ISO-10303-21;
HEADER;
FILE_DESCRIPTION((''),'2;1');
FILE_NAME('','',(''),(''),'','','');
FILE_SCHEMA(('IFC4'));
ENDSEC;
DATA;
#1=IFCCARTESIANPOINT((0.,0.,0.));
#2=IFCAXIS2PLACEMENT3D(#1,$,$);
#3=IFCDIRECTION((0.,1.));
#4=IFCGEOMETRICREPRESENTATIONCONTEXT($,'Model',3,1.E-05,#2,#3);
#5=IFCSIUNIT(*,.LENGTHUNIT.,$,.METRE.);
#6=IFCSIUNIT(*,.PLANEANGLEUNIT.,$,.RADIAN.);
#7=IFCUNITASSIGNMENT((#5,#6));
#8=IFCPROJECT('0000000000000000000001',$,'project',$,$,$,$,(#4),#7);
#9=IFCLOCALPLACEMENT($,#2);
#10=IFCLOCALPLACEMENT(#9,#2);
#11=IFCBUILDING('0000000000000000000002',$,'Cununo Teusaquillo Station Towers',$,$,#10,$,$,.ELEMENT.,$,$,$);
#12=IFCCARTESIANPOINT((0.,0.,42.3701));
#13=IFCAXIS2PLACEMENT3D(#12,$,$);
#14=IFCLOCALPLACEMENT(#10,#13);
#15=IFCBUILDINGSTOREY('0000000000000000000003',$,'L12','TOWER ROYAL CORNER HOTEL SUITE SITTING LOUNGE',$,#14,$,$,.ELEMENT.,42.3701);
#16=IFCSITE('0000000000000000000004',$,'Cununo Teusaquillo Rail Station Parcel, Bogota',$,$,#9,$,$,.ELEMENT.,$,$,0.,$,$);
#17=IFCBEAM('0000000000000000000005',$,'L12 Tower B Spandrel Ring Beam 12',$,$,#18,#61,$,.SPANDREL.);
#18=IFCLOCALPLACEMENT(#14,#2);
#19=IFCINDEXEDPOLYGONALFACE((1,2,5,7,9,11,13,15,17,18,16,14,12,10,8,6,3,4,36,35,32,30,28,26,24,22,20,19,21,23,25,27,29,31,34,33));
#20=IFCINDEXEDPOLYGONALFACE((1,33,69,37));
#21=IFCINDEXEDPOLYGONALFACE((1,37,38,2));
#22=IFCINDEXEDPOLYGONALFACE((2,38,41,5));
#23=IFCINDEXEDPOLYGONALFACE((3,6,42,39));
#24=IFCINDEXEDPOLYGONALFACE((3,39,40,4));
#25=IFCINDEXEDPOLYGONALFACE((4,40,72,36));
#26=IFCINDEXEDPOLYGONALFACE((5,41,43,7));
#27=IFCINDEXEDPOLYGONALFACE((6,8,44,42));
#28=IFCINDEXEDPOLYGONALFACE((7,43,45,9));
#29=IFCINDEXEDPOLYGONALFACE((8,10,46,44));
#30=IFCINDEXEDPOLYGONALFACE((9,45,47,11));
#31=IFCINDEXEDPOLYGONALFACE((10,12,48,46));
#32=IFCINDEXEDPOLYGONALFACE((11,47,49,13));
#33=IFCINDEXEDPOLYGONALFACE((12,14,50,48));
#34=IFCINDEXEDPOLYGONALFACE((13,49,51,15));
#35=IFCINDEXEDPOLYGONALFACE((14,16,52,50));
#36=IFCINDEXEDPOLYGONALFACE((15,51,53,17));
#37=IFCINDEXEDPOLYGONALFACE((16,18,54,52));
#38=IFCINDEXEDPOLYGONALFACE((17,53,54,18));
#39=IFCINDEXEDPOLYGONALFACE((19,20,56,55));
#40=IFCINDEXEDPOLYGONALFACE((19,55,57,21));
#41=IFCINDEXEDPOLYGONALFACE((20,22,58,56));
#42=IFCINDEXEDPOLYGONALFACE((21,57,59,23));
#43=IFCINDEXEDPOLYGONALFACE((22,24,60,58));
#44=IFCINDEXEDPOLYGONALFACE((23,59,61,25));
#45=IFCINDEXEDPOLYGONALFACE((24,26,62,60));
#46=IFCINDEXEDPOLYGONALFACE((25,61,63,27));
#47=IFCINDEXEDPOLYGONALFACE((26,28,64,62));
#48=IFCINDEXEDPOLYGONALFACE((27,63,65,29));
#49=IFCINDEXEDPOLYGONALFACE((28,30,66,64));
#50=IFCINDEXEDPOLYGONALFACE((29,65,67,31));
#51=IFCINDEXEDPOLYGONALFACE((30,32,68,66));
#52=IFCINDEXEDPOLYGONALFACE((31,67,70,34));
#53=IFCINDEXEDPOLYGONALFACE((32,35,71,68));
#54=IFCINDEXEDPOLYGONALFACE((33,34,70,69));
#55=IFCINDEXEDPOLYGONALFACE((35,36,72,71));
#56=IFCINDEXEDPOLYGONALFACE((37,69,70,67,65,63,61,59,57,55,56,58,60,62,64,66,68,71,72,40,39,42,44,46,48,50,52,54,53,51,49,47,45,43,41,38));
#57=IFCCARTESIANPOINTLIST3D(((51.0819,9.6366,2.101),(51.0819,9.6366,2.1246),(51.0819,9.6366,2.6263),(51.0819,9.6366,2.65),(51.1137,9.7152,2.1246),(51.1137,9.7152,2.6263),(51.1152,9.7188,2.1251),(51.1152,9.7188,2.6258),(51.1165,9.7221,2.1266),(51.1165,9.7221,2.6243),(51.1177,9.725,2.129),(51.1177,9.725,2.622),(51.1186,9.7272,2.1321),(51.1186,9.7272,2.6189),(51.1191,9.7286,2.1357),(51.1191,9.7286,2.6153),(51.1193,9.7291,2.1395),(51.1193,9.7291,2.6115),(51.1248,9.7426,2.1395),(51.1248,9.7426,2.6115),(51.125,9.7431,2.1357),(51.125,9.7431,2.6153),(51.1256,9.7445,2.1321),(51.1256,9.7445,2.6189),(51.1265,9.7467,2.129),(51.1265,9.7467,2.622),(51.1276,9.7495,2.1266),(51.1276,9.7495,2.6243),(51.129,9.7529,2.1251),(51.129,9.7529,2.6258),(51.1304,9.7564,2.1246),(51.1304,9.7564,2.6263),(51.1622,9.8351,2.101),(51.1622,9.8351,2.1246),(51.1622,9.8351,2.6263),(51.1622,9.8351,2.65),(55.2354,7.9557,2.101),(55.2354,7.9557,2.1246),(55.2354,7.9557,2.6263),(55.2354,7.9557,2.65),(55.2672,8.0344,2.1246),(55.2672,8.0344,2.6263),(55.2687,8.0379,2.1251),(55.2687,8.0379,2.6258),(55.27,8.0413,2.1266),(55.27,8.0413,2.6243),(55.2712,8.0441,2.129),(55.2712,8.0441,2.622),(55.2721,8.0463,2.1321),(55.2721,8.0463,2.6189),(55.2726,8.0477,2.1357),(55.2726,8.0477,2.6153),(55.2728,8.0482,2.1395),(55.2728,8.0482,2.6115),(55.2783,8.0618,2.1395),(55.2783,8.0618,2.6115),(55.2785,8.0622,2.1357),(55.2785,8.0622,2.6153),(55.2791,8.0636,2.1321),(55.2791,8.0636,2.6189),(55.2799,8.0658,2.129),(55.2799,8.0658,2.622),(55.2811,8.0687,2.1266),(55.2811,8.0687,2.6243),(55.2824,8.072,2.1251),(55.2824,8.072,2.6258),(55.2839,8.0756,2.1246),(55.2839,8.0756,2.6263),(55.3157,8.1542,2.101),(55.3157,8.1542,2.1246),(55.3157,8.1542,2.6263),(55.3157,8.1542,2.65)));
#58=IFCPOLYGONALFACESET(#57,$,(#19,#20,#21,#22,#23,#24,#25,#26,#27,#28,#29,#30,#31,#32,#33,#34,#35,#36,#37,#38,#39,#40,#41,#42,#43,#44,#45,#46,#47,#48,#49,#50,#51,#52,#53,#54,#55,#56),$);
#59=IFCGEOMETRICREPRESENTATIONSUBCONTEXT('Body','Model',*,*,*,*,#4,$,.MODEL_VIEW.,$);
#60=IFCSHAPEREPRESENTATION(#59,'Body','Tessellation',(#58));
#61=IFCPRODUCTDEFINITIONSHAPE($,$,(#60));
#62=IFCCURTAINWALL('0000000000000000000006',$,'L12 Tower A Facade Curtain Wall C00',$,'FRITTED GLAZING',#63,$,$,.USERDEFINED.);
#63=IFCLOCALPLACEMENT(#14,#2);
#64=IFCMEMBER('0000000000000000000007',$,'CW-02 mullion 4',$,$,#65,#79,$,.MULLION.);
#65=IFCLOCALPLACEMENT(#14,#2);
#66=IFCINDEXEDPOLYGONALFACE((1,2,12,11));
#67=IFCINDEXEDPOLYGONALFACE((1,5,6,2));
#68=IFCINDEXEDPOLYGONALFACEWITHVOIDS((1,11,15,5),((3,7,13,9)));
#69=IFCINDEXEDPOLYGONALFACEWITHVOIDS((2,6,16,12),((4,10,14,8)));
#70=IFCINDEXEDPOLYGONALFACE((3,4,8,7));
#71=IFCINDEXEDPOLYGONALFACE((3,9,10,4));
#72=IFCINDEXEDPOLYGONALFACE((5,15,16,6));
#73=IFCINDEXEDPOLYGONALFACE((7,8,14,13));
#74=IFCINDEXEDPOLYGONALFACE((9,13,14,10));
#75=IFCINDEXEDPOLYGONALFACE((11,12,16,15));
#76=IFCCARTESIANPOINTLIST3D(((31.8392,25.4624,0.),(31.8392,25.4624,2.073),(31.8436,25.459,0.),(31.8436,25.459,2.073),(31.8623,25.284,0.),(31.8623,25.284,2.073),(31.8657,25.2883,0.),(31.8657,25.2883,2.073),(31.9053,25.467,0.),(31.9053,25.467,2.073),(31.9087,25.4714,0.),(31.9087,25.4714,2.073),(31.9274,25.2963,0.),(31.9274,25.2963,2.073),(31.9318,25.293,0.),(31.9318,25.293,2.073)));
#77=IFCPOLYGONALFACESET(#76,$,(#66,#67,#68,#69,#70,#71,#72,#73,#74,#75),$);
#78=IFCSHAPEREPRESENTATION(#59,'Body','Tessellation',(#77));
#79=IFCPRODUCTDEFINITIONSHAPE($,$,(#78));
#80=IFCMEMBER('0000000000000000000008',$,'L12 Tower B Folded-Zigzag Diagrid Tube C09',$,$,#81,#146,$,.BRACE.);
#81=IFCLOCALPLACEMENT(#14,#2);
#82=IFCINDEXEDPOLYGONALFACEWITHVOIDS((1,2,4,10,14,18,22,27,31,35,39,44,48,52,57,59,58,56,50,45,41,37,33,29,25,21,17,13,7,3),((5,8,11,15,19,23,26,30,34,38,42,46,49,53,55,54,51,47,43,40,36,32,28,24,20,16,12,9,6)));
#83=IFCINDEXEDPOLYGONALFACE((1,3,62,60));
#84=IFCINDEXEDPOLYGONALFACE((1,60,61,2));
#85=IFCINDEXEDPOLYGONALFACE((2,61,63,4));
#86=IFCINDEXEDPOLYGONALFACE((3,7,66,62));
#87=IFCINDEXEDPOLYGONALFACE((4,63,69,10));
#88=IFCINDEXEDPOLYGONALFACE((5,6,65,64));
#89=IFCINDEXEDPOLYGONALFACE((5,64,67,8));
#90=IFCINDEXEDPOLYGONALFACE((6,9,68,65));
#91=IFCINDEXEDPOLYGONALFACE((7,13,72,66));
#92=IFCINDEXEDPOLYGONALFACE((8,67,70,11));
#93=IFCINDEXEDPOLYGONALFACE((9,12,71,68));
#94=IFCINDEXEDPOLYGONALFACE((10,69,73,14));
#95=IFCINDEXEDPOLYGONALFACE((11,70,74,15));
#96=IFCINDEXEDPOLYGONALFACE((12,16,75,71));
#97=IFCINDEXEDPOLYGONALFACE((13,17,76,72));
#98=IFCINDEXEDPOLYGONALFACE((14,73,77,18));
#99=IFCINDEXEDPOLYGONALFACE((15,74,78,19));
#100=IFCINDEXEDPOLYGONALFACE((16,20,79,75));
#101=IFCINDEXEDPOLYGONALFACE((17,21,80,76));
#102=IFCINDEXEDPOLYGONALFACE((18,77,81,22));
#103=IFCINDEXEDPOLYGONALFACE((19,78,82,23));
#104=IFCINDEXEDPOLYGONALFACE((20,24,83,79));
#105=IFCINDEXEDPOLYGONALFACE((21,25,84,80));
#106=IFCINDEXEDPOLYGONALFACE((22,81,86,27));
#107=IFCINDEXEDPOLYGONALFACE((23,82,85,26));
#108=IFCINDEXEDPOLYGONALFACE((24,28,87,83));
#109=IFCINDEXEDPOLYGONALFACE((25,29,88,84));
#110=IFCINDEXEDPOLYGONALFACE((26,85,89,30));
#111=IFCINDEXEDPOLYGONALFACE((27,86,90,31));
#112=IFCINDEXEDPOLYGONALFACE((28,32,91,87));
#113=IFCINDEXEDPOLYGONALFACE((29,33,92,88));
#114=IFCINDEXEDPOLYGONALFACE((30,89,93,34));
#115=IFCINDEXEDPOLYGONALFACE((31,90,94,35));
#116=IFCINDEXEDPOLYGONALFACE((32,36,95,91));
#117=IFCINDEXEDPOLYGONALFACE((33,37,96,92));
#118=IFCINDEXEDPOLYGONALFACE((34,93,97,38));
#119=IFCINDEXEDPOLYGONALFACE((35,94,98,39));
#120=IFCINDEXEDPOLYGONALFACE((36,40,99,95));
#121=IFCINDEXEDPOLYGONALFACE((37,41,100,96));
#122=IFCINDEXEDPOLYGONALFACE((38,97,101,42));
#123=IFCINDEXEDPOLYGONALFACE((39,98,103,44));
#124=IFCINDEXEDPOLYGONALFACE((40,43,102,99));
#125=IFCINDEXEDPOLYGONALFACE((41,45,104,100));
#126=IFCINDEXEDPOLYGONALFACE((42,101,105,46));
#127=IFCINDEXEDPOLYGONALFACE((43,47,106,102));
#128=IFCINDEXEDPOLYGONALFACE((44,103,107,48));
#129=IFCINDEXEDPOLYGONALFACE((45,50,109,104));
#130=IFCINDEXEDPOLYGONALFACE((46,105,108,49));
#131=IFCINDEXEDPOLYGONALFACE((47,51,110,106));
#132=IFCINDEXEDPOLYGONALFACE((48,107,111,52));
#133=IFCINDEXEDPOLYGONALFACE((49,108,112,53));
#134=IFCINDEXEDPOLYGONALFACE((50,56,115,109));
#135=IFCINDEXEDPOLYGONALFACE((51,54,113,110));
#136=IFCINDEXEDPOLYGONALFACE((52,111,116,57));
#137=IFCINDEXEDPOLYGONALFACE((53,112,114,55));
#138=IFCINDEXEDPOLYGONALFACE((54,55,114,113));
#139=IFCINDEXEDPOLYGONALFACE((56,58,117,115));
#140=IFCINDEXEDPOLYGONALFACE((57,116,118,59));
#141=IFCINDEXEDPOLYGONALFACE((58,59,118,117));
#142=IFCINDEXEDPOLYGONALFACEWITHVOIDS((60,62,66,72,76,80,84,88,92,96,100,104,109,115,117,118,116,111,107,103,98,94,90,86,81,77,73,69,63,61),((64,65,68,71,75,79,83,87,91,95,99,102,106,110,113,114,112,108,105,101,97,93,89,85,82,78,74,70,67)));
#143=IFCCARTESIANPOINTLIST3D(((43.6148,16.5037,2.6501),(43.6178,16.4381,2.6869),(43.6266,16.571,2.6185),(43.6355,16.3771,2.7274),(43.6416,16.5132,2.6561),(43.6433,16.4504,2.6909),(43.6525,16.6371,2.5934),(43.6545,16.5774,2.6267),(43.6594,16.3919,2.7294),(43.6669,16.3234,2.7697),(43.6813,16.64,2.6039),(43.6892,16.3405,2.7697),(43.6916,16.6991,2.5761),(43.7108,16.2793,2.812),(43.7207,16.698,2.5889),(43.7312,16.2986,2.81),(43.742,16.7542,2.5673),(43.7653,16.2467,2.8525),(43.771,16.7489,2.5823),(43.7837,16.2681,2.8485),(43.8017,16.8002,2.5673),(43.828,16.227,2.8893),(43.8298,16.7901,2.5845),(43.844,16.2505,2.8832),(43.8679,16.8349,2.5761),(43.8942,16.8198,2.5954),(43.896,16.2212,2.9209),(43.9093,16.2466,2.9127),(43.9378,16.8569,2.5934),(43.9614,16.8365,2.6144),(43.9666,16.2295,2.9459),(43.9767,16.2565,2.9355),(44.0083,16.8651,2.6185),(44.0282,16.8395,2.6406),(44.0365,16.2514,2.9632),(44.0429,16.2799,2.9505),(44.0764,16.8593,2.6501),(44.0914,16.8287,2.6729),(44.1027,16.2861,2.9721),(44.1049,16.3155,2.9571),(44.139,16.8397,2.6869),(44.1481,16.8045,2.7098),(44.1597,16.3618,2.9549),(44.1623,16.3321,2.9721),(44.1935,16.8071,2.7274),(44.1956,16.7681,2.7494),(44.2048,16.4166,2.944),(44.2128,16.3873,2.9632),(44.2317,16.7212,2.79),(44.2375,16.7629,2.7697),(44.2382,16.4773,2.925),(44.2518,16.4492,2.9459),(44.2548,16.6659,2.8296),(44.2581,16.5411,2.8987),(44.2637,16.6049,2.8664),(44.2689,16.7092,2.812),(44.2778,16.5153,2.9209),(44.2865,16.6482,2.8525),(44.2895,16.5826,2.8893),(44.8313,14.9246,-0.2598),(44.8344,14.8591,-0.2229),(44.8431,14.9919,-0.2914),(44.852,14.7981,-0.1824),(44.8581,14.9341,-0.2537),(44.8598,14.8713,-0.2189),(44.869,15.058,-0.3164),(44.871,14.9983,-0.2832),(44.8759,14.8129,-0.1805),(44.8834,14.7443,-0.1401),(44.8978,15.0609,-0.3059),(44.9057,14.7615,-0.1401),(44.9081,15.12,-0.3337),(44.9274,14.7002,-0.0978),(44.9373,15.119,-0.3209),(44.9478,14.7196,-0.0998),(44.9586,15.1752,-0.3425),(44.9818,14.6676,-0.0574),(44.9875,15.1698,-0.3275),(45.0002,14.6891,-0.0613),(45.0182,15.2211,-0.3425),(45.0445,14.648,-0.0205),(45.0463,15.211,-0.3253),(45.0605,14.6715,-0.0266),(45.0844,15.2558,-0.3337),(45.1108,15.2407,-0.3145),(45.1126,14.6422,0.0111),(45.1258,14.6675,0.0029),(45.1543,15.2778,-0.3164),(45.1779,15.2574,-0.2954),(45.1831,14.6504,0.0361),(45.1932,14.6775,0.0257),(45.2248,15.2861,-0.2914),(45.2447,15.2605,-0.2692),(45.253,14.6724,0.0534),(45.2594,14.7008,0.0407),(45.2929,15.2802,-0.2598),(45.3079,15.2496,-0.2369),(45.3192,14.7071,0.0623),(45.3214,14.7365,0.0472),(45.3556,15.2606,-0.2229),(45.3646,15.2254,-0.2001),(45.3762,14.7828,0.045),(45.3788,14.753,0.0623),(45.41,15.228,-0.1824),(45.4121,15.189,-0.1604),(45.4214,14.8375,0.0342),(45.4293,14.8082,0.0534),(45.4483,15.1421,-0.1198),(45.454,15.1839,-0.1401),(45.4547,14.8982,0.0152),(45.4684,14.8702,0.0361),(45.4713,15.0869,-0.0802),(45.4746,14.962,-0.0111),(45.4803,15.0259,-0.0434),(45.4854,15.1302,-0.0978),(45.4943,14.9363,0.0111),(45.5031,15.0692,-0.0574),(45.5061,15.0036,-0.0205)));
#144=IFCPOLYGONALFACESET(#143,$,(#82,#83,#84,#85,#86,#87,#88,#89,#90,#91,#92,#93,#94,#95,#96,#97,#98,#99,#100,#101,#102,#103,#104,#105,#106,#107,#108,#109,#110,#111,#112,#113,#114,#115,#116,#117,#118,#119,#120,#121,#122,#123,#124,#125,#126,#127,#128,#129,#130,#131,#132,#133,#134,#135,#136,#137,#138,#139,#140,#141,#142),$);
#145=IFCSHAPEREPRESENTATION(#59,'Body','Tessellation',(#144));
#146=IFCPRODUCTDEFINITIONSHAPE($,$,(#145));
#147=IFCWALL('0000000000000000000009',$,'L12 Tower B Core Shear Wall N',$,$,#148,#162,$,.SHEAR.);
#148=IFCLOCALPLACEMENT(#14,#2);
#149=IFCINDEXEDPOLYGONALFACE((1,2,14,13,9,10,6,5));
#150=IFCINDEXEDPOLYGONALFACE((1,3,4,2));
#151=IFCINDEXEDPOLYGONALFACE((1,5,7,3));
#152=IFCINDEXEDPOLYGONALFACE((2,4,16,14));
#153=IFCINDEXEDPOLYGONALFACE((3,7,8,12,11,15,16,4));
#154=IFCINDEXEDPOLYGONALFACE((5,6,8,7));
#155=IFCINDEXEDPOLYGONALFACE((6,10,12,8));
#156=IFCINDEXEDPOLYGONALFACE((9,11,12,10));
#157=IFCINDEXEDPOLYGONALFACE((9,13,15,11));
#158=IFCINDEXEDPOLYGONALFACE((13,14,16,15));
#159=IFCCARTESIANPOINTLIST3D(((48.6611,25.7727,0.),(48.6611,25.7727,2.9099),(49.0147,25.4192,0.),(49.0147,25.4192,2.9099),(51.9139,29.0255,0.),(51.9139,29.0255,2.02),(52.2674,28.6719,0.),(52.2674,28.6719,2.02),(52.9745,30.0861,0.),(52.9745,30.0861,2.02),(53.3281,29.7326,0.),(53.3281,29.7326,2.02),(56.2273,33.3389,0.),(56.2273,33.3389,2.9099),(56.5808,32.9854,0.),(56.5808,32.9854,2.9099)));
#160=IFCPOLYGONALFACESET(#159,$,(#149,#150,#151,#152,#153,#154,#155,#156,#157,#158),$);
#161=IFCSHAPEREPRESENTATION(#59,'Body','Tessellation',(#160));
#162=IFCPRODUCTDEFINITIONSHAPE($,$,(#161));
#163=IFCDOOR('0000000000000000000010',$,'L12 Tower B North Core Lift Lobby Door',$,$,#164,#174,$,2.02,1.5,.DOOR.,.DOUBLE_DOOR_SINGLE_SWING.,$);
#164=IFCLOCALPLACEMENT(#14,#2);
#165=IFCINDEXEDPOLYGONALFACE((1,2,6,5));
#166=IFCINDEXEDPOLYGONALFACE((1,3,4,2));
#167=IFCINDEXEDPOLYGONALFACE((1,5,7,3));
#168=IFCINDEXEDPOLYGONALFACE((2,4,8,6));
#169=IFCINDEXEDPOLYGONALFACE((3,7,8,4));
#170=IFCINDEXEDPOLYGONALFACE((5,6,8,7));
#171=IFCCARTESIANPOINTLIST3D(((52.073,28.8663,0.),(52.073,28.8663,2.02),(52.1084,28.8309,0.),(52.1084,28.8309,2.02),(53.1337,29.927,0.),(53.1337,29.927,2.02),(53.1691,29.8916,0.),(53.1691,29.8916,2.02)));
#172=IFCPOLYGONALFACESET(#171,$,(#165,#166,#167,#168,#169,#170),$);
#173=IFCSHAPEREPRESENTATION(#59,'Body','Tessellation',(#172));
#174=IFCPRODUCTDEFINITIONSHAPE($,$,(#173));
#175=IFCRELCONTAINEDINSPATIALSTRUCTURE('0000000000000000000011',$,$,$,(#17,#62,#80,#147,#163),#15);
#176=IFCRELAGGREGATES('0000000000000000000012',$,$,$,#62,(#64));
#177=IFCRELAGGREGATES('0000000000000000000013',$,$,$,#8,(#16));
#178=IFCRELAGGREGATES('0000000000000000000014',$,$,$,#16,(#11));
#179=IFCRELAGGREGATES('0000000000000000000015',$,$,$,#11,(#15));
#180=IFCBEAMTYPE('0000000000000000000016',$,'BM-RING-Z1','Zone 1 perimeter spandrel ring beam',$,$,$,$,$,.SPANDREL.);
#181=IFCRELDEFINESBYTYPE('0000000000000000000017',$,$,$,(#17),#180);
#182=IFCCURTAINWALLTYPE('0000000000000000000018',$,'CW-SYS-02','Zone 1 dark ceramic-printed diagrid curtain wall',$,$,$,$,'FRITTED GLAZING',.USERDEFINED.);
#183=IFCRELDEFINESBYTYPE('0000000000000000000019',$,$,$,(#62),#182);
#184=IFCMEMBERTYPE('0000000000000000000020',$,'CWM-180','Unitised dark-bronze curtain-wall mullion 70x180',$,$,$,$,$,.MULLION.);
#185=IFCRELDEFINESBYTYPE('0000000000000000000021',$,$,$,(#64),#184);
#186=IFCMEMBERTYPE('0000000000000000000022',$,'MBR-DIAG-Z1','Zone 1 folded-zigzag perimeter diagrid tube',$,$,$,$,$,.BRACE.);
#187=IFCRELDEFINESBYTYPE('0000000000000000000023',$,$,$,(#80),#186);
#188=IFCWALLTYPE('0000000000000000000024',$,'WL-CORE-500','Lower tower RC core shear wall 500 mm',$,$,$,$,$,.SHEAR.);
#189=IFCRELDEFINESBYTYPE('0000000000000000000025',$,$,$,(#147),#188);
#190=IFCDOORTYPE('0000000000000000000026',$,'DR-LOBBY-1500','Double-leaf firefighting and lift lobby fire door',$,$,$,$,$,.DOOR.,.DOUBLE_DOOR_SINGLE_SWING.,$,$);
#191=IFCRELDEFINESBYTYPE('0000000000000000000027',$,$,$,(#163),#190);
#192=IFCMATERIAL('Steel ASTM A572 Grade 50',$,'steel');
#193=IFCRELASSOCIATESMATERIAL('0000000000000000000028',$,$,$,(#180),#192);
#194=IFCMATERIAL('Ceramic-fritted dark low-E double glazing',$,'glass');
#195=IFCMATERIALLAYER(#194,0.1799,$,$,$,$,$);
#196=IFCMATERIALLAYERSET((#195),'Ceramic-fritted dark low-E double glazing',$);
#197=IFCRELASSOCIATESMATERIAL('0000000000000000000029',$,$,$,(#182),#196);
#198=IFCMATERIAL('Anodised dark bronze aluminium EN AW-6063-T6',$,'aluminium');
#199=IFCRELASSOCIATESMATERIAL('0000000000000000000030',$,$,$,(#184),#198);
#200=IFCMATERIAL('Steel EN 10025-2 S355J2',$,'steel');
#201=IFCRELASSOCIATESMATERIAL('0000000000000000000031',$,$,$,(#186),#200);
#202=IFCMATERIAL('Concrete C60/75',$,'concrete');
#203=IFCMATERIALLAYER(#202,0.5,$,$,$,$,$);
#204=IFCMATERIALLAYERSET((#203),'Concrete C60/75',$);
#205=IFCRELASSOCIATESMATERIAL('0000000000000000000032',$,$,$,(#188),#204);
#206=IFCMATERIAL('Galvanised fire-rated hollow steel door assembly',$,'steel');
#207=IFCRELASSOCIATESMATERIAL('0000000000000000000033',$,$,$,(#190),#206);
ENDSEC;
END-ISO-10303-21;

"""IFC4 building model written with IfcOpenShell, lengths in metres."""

from ifc_helpers import new_model, si_unit, direction, frame, frame_2d, origin, origin_2d, place, context, subcontext, project, spatial, rectangle, hollow_rectangle, hollow_circle, i_section, extrude, source, transform, mapped, material, layer, layer_set, material_profile, profile_set, type_object, element, fill, aggregate, save


model = new_model("IFC4")

# Units and contexts
model_context = context("Model", 3, precision=1e-05, world=origin(), true_north=direction((0.0, 1.0)))
body_context = subcontext(model_context, "Body", "Model", "MODEL_VIEW")
ifc_project = project(units=[si_unit("LENGTHUNIT", "METRE"), si_unit("PLANEANGLEUNIT", "RADIAN")], contexts=[model_context])

# Site, building, storey
site_placement = place(None, origin())
site = spatial("IfcSite", under=ifc_project, at=site_placement, Name="Cununo Teusaquillo Rail Station Parcel, Bogota", CompositionType="ELEMENT", RefElevation=0.0)
building_placement = place(site_placement, origin())
building = spatial("IfcBuilding", under=site, at=building_placement, Name="Cununo Teusaquillo Station Towers", CompositionType="ELEMENT")
storey_placement = place(building_placement, frame((0.0, 0.0, 42.3701)))
storey = spatial("IfcBuildingStorey", under=building, at=storey_placement, Name="L12", Description="TOWER ROYAL CORNER HOTEL SUITE SITTING LOUNGE", CompositionType="ELEMENT", Elevation=42.3701)

# Beam
ifc_material_1 = material(Name="Steel ASTM A572 Grade 50", Category="steel")
ifc_material_profile_1 = material_profile(ifc_material_1, i_section(OverallWidth=0.2141, OverallDepth=0.5491, WebThickness=0.0146, FlangeThickness=0.0237, FilletRadius=0.0149, at=origin_2d()), Name="W21X93")
ifc_profile_set_1 = profile_set([ifc_material_profile_1], Name="Steel ASTM A572 Grade 50")
beam_type_1 = type_object("IfcBeamType", Name="BM-RING-Z1", Description="Zone 1 perimeter spandrel ring beam", PredefinedType="SPANDREL", material=ifc_profile_set_1)
beam_1_placement = place(storey_placement, frame((51.1221, 9.7358, 2.3755), z_axis=(0.92697, -0.375136, 0.0), x_axis=(0.375136, 0.92697, 0.0)))
element("IfcBeam", 1, at=beam_1_placement, inside=storey, type_object=beam_type_1, Name="L12 Tower B Spandrel Ring Beam 12", PredefinedType="SPANDREL", context=body_context, shape_type="SweptSolid", body=[
    extrude(i_section(OverallWidth=0.2141, OverallDepth=0.5491, WebThickness=0.0146, FlangeThickness=0.0237, FilletRadius=0.0149, at=origin_2d()), origin(), (0.0, 0.0, 1.0), 4.4807),
])

# Curtain wall, member
ifc_material_2 = material(Name="Ceramic-fritted dark low-E double glazing", Category="glass")
ifc_layer_1 = layer(ifc_material_2, 0.1799)
ifc_layer_set_1 = layer_set([ifc_layer_1], Name="Ceramic-fritted dark low-E double glazing")
curtain_wall_type = type_object("IfcCurtainWallType", Name="CW-SYS-02", Description="Zone 1 dark ceramic-printed diagrid curtain wall", ElementType="FRITTED GLAZING", PredefinedType="USERDEFINED", material=ifc_layer_set_1)
curtain_wall_placement = place(storey_placement, origin())
curtain_wall = element("IfcCurtainWall", 2, at=curtain_wall_placement, inside=storey, type_object=curtain_wall_type, Name="L12 Tower A Facade Curtain Wall C00", ObjectType="FRITTED GLAZING", PredefinedType="USERDEFINED")
ifc_material_3 = material(Name="Anodised dark bronze aluminium EN AW-6063-T6", Category="aluminium")
ifc_material_profile_2 = material_profile(ifc_material_3, hollow_rectangle(XDim=0.0701, YDim=0.1799, WallThickness=0.0039, at=origin_2d()), Name="CW-MULL-70x180")
ifc_profile_set_2 = profile_set([ifc_material_profile_2], Name="Anodised dark bronze aluminium EN AW-6063-T6")
member_type_1 = type_object("IfcMemberType", Name="CWM-180", Description="Unitised dark-bronze curtain-wall mullion 70x180", PredefinedType="MULLION", material=ifc_profile_set_2)
member_1_placement = place(storey_placement, frame((31.8855, 25.3777, 0.0), z_axis=(0.0, 0.0, 1.0), x_axis=(0.991731, 0.128336, 0.0)))
member_1 = element("IfcMember", 3, at=member_1_placement, type_object=member_type_1, Name="CW-02 mullion 4", PredefinedType="MULLION", context=body_context, shape_type="SweptSolid", body=[
    extrude(hollow_rectangle(XDim=0.0701, YDim=0.1799, WallThickness=0.0039, at=origin_2d()), origin(), (0.0, 0.0, 1.0), 2.073),
])
aggregate(curtain_wall, [member_1])

# Member
ifc_material_4 = material(Name="Steel EN 10025-2 S355J2", Category="steel")
ifc_material_profile_3 = material_profile(ifc_material_4, hollow_circle(Radius=0.3601, WallThickness=0.0281, at=origin_2d()), Name="CHS 720x28")
ifc_profile_set_3 = profile_set([ifc_material_profile_3], Name="Steel EN 10025-2 S355J2")
member_type_2 = type_object("IfcMemberType", Name="MBR-DIAG-Z1", Description="Zone 1 folded-zigzag perimeter diagrid tube", PredefinedType="BRACE", material=ifc_profile_set_3)
member_2_placement = place(storey_placement, frame((45.1687, 14.9641, -0.1401), z_axis=(-0.344906, 0.447692, 0.824992), x_axis=(-0.792173, -0.610297, 0.0)))
element("IfcMember", 4, at=member_2_placement, inside=storey, type_object=member_type_2, Name="L12 Tower B Folded-Zigzag Diagrid Tube C09", PredefinedType="BRACE", context=body_context, shape_type="SweptSolid", body=[
    extrude(hollow_circle(Radius=0.3601, WallThickness=0.0281, at=origin_2d()), origin(), (0.0, 0.0, 1.0), 3.5271),
])

# Wall, opening, door
ifc_material_5 = material(Name="Concrete C60/75", Category="concrete")
ifc_layer_2 = layer(ifc_material_5, 0.5)
ifc_layer_set_2 = layer_set([ifc_layer_2], Name="Concrete C60/75")
wall_type_1 = type_object("IfcWallType", Name="WL-CORE-500", Description="Lower tower RC core shear wall 500 mm", PredefinedType="SHEAR", material=ifc_layer_set_2)
wall_1_placement = place(storey_placement, frame((48.8379, 25.5959, 0.0), z_axis=(0.0, 0.0, 1.0), x_axis=(0.707107, 0.707107, 0.0)))
wall_1 = element("IfcWall", 5, at=wall_1_placement, inside=storey, type_object=wall_type_1, Name="L12 Tower B Core Shear Wall N", PredefinedType="SHEAR", context=body_context, shape_type="SweptSolid", body=[
    extrude(rectangle(XDim=10.7002, YDim=0.5, at=frame_2d((5.3501, 0.0))), origin(), (0.0, 0.0, 1.0), 2.9099),
])
shared_shape_1 = source(origin(), body_context, "Body", "SweptSolid", [
    extrude(rectangle(XDim=1.5, YDim=2.02, at=frame_2d((0.75, 1.01))), frame((0.0, 0.26, 0.0), z_axis=(0.0, -1.0, 0.0), x_axis=(1.0, 0.0, 0.0)), (0.0, 0.0, 1.0), 0.52),
])
opening_1_placement = place(wall_1_placement, frame((4.6001, 0.0, 0.0)))
opening_1 = element("IfcOpeningElement", 6, at=opening_1_placement, cuts=wall_1, PredefinedType="OPENING", context=body_context, shape_type="MappedRepresentation", body=[
    mapped(shared_shape_1, transform((0.0, 0.0, 0.0), x_axis=(1.0, 0.0, 0.0), y_axis=(0.0, 1.0, 0.0), z_axis=(0.0, 0.0, 1.0), scale=1.0)),
])
ifc_material_6 = material(Name="Galvanised fire-rated hollow steel door assembly", Category="steel")
door_type_1 = type_object("IfcDoorType", Name="DR-LOBBY-1500", Description="Double-leaf firefighting and lift lobby fire door", OperationType="DOUBLE_DOOR_SINGLE_SWING", PredefinedType="DOOR", material=ifc_material_6)
shared_shape_2 = source(origin(), body_context, "Body", "SweptSolid", [
    extrude(rectangle(XDim=1.5, YDim=2.02, at=frame_2d((0.75, 1.01))), frame((0.0, 0.0249, 0.0), z_axis=(0.0, -1.0, 0.0), x_axis=(1.0, 0.0, 0.0)), (0.0, 0.0, 1.0), 0.05),
])
door_1_placement = place(opening_1_placement, origin())
door_1 = element("IfcDoor", 7, at=door_1_placement, inside=storey, type_object=door_type_1, Name="L12 Tower B North Core Lift Lobby Door", OperationType="DOUBLE_DOOR_SINGLE_SWING", OverallHeight=2.02, OverallWidth=1.5, PredefinedType="DOOR", context=body_context, shape_type="MappedRepresentation", body=[
    mapped(shared_shape_2, transform((0.0, 0.0, 0.0), x_axis=(1.0, 0.0, 0.0), y_axis=(0.0, 1.0, 0.0), z_axis=(0.0, 0.0, 1.0), scale=1.0)),
])
fill(opening_1, door_1)

save(model, "model.ifc")
